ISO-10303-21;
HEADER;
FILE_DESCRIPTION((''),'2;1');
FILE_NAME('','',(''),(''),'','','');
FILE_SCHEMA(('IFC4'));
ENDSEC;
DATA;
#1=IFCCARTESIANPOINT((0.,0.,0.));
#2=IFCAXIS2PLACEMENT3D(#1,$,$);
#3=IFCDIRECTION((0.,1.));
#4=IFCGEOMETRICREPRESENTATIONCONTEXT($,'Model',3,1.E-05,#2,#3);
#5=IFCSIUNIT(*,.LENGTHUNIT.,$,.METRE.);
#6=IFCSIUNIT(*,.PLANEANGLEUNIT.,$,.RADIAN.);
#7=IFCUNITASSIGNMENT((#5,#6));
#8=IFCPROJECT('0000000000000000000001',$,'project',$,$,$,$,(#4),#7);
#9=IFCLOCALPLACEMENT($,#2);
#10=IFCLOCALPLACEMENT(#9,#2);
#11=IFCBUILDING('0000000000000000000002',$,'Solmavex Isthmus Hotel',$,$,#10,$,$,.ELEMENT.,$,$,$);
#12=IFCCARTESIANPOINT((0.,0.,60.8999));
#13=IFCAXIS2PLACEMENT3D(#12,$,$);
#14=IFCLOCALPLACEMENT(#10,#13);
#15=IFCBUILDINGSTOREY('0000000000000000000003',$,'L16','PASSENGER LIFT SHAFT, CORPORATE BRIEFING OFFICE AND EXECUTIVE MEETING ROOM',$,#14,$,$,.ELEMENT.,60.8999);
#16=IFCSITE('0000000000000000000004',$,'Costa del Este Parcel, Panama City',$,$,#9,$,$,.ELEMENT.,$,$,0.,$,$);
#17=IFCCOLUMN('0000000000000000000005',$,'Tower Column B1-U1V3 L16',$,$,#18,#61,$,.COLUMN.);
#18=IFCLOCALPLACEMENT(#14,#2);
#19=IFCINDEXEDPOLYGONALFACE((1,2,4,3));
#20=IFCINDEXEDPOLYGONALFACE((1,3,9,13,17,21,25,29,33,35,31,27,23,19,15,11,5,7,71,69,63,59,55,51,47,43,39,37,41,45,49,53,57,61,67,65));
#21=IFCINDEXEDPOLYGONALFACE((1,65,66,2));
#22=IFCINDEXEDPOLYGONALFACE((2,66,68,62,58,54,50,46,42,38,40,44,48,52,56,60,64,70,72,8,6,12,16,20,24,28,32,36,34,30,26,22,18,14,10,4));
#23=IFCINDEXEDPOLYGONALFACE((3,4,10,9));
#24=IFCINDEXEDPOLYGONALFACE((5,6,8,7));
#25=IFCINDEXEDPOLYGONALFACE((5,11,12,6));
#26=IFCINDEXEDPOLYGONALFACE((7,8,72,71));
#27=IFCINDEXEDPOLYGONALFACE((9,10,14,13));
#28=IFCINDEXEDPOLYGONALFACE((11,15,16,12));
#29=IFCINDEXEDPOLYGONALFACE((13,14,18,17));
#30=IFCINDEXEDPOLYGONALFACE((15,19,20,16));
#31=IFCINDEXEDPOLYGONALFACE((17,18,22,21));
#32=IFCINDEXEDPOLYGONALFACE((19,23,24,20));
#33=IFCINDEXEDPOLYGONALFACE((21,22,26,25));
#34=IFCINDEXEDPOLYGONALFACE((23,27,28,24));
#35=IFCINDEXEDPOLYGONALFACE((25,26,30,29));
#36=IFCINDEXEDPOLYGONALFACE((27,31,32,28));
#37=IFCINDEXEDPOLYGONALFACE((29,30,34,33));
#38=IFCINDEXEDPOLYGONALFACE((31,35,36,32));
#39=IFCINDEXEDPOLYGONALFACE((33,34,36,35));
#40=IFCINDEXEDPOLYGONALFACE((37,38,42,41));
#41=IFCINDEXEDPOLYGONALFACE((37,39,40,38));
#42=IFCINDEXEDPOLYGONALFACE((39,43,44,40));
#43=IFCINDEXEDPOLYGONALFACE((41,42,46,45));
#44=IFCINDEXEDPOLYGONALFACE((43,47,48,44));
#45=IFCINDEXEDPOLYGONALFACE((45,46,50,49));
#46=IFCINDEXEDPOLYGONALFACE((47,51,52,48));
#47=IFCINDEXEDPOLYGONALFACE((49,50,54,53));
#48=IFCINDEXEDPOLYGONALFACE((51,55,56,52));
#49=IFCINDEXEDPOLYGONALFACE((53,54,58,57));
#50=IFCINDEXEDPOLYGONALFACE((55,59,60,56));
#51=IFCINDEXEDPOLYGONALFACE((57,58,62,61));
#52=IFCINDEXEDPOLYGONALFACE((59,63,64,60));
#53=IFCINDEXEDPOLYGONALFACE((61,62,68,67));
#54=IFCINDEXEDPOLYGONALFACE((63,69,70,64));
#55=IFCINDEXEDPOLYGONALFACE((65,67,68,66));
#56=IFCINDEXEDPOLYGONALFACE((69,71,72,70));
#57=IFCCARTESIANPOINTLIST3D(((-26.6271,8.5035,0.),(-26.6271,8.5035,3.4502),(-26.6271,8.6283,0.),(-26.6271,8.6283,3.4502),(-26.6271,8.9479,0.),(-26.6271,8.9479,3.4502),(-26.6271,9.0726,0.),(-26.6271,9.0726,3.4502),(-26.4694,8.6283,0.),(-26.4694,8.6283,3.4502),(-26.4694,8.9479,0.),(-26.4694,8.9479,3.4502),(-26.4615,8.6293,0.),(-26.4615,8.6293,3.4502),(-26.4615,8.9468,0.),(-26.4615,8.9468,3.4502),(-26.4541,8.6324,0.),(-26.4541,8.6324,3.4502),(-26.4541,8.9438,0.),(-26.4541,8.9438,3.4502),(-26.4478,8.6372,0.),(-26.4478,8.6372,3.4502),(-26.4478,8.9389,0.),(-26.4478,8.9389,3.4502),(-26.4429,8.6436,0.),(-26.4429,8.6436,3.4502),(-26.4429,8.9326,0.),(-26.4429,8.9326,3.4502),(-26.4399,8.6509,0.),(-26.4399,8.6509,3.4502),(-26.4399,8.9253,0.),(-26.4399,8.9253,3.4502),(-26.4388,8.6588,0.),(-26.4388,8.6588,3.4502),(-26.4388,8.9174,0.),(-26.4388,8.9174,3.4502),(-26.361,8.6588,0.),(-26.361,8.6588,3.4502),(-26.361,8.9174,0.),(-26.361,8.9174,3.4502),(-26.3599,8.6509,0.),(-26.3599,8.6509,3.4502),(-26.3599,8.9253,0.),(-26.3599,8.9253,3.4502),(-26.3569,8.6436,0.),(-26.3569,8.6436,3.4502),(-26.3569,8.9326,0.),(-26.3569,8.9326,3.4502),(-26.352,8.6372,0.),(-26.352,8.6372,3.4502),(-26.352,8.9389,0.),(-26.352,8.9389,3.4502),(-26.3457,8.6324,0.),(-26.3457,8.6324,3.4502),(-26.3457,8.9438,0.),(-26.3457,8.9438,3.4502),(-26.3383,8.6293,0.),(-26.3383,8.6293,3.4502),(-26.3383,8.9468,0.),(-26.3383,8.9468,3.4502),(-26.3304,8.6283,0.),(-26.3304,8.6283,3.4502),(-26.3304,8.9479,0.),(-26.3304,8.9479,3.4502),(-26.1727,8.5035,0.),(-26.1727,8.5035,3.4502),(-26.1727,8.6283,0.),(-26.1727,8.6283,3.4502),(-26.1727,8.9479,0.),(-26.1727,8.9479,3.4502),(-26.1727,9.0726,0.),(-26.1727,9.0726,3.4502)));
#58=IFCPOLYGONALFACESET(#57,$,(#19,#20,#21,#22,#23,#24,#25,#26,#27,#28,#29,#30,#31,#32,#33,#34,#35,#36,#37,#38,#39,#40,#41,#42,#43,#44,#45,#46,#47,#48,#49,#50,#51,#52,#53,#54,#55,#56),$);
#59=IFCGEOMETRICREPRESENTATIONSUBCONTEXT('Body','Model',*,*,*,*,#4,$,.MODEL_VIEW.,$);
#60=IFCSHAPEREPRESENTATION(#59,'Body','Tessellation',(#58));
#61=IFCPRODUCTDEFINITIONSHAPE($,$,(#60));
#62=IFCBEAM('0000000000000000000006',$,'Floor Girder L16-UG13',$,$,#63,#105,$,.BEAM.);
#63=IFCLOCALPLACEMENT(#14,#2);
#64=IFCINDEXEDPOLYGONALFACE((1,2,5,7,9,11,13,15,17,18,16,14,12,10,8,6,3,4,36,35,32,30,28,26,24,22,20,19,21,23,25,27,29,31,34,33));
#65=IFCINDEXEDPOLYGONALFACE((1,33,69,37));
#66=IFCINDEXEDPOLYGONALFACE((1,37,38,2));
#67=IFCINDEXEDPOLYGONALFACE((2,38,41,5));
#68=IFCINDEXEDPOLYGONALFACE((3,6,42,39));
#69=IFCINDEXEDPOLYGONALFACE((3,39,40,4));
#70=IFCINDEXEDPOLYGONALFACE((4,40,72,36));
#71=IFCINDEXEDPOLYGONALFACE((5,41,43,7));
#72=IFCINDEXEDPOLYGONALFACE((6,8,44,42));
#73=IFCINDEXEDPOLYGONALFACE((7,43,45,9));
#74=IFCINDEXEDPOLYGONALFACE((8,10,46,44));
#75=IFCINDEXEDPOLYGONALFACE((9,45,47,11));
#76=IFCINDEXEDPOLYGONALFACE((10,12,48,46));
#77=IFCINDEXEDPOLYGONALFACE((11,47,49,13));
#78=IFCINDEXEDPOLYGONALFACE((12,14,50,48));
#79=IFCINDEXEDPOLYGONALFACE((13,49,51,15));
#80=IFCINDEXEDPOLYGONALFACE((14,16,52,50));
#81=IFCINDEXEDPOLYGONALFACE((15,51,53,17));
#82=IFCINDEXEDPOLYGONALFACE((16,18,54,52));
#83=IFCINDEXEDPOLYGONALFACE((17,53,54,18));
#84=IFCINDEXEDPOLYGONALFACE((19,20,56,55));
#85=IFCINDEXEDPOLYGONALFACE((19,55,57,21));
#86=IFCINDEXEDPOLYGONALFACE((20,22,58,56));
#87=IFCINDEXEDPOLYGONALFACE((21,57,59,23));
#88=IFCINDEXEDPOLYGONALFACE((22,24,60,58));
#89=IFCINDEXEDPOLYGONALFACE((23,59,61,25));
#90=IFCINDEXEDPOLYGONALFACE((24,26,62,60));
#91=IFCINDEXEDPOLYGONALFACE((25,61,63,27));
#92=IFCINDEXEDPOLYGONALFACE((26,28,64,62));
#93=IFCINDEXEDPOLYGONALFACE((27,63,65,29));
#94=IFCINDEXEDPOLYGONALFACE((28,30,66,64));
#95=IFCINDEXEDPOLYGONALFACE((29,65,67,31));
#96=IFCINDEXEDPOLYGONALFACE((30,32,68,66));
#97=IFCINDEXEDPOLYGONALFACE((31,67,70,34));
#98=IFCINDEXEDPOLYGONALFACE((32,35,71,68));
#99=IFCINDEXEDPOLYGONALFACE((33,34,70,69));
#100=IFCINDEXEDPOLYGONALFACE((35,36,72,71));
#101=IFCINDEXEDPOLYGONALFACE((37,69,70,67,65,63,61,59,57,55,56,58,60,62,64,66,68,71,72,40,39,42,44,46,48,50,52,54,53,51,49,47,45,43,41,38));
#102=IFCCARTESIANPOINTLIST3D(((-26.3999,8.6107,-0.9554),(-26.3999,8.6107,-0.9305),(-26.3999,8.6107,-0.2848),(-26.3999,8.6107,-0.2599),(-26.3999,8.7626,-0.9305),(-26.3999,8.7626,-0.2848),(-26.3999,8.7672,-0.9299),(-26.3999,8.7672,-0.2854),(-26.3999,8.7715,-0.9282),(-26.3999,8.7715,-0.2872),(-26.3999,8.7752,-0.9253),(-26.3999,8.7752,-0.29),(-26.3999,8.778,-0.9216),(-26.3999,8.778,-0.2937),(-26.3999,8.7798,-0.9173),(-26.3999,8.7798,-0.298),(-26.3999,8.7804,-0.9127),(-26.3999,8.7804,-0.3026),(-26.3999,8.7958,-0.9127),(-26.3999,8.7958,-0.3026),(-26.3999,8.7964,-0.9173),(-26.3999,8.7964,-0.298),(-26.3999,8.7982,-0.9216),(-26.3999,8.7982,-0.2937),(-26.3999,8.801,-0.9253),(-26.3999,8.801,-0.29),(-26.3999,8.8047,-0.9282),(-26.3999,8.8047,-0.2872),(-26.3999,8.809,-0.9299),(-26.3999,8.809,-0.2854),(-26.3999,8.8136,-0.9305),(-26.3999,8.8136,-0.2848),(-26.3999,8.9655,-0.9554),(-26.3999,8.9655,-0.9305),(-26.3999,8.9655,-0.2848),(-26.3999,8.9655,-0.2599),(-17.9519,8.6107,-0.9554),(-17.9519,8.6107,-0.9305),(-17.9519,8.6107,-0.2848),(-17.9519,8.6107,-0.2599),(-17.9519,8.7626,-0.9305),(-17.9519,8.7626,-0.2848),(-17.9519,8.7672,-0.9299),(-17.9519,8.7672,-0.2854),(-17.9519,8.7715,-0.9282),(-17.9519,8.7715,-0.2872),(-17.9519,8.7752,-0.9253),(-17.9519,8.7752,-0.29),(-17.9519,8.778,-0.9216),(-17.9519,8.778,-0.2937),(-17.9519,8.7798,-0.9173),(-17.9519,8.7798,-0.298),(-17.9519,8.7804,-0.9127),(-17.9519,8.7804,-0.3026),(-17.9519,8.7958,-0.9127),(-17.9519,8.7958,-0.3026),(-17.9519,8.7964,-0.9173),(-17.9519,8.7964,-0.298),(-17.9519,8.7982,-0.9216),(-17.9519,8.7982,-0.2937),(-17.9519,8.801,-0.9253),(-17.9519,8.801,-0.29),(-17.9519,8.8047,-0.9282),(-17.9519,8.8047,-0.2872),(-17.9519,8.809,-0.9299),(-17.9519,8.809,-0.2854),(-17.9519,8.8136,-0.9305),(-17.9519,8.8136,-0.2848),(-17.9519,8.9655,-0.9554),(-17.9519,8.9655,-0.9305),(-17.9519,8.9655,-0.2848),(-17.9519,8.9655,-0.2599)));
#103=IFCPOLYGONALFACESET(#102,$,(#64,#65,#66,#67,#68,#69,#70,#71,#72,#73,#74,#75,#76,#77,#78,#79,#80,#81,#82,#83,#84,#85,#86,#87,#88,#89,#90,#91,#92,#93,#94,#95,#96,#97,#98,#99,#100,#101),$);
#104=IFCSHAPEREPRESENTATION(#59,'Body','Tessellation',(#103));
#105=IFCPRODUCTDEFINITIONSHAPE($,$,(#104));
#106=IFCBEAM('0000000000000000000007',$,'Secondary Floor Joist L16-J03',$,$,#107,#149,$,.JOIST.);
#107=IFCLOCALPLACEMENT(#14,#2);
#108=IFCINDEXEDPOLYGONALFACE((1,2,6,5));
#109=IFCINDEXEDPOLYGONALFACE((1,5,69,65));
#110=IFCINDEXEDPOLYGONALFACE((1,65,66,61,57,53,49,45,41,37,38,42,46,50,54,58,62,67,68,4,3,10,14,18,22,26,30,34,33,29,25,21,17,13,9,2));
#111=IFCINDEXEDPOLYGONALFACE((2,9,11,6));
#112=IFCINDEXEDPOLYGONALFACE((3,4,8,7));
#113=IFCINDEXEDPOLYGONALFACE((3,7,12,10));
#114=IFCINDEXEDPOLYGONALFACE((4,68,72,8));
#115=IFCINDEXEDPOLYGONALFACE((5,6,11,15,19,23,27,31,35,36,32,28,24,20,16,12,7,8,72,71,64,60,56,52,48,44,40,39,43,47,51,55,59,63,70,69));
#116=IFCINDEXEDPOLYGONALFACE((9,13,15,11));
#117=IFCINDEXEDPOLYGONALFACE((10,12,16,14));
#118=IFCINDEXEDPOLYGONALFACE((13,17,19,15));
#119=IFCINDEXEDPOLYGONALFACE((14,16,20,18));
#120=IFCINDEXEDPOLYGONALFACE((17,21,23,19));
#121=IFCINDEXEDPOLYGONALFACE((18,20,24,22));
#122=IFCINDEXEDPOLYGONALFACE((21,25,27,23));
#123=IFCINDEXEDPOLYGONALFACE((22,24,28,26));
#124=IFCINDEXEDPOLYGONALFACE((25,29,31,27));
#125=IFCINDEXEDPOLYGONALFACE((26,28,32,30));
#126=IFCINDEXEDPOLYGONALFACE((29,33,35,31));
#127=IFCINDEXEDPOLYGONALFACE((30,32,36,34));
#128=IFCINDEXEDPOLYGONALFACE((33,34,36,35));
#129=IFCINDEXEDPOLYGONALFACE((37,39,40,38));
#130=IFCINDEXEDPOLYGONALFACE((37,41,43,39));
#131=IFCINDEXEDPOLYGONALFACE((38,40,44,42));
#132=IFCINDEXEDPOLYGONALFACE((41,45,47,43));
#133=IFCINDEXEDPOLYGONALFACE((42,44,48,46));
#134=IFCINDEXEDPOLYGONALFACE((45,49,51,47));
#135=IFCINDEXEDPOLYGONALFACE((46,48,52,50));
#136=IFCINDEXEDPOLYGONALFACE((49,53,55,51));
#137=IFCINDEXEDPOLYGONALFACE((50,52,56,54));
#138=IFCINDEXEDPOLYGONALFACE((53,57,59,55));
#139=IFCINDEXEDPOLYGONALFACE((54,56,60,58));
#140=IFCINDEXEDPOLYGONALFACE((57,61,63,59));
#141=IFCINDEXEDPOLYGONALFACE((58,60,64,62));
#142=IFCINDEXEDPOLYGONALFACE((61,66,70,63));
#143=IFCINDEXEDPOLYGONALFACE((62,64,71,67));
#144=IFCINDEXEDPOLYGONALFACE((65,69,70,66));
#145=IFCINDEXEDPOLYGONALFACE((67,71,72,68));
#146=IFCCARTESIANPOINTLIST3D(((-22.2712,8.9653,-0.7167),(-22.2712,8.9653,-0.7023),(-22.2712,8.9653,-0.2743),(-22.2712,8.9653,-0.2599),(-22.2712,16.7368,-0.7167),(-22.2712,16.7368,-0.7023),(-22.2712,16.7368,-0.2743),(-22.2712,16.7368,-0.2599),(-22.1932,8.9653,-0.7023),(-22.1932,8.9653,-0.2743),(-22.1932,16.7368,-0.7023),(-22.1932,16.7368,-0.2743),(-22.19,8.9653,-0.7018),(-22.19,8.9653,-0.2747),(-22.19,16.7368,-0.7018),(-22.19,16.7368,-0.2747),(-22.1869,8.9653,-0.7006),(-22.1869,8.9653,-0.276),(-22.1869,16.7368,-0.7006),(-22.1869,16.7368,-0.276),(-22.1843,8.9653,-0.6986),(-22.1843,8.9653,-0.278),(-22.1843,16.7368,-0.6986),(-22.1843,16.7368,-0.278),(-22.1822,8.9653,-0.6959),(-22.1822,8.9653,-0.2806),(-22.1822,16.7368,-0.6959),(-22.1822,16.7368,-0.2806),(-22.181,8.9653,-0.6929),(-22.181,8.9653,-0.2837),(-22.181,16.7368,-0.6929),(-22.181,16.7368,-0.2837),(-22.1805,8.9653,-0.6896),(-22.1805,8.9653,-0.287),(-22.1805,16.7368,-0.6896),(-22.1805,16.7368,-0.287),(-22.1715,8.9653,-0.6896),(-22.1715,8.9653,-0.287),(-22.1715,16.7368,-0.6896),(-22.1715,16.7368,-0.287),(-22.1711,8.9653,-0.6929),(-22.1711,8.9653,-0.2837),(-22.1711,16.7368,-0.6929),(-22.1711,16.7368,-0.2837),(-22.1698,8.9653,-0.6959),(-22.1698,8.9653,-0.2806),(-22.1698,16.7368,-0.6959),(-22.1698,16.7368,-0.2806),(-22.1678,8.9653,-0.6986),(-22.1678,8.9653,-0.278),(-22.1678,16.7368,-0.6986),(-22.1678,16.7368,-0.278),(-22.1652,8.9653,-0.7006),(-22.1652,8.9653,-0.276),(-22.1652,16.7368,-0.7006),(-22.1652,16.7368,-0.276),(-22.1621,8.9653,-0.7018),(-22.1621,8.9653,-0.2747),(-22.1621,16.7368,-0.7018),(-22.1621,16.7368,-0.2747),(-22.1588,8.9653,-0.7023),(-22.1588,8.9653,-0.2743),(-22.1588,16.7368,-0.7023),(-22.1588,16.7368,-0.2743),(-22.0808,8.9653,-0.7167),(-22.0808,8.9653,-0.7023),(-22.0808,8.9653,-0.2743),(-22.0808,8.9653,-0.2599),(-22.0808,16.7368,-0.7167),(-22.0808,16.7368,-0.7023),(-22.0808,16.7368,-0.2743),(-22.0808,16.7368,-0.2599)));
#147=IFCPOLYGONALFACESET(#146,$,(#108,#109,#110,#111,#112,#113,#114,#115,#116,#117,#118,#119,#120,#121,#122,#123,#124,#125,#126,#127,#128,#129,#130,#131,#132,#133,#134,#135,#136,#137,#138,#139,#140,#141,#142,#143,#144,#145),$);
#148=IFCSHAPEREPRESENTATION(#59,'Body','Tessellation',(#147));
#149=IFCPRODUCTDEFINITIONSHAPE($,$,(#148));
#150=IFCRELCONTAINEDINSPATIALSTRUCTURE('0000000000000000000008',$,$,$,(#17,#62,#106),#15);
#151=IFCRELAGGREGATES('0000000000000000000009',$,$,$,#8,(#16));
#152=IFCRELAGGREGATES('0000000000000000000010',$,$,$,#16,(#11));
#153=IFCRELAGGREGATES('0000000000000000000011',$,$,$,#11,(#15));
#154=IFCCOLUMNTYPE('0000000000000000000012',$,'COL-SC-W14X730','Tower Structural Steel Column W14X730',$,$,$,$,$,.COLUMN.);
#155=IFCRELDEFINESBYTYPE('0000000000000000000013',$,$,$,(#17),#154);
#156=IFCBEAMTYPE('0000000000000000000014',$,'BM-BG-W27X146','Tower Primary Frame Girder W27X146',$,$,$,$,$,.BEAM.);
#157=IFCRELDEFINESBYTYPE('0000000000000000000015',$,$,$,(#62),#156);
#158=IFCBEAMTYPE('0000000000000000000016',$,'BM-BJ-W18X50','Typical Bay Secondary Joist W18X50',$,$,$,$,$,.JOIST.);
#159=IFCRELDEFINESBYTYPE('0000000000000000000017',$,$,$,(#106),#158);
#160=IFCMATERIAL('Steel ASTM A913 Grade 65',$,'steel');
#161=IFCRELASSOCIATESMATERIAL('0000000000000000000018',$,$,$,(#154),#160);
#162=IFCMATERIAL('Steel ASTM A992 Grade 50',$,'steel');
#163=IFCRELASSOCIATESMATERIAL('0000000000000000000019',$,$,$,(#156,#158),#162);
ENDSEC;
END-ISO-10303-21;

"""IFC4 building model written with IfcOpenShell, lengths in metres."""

from ifc_helpers import new_model, si_unit, direction, frame, origin, origin_2d, place, context, subcontext, project, spatial, i_section, extrude, material, material_profile, profile_set, type_object, element, save


model = new_model("IFC4")

# Units and contexts
model_context = context("Model", 3, precision=1e-05, world=origin(), true_north=direction((0.0, 1.0)))
body_context = subcontext(model_context, "Body", "Model", "MODEL_VIEW")
ifc_project = project(units=[si_unit("LENGTHUNIT", "METRE"), si_unit("PLANEANGLEUNIT", "RADIAN")], contexts=[model_context])

# Site, building, storey
site_placement = place(None, origin())
site = spatial("IfcSite", under=ifc_project, at=site_placement, Name="Costa del Este Parcel, Panama City", CompositionType="ELEMENT", RefElevation=0.0)
building_placement = place(site_placement, origin())
building = spatial("IfcBuilding", under=site, at=building_placement, Name="Solmavex Isthmus Hotel", CompositionType="ELEMENT")
storey_placement = place(building_placement, frame((0.0, 0.0, 60.8999)))
storey = spatial("IfcBuildingStorey", under=building, at=storey_placement, Name="L16", Description="PASSENGER LIFT SHAFT, CORPORATE BRIEFING OFFICE AND EXECUTIVE MEETING ROOM", CompositionType="ELEMENT", Elevation=60.8999)

# Column
ifc_material_1 = material(Name="Steel ASTM A913 Grade 65", Category="steel")
ifc_material_profile_1 = material_profile(ifc_material_1, i_section(OverallWidth=0.4543, OverallDepth=0.5691, WebThickness=0.0779, FlangeThickness=0.1248, FilletRadius=0.0305, at=origin_2d()), Name="W14X730")
ifc_profile_set_1 = profile_set([ifc_material_profile_1], Name="Steel ASTM A913 Grade 65")
column_type = type_object("IfcColumnType", Name="COL-SC-W14X730", Description="Tower Structural Steel Column W14X730", PredefinedType="COLUMN", material=ifc_profile_set_1)
column_placement = place(storey_placement, frame((-26.3999, 8.7881, 0.0), z_axis=(0.0, 0.0, 1.0), x_axis=(1.0, 0.0, 0.0)))
element("IfcColumn", 1, at=column_placement, inside=storey, type_object=column_type, Name="Tower Column B1-U1V3 L16", PredefinedType="COLUMN", context=body_context, shape_type="SweptSolid", body=[
    extrude(i_section(OverallWidth=0.4543, OverallDepth=0.5691, WebThickness=0.0779, FlangeThickness=0.1248, FilletRadius=0.0305, at=origin_2d()), origin(), (0.0, 0.0, 1.0), 3.4502),
])

# Beams
ifc_material_2 = material(Name="Steel ASTM A992 Grade 50", Category="steel")
ifc_material_profile_2 = material_profile(ifc_material_2, i_section(OverallWidth=0.3547, OverallDepth=0.6956, WebThickness=0.0154, FlangeThickness=0.0249, FilletRadius=0.0178, at=origin_2d()), Name="W27X146")
ifc_profile_set_2 = profile_set([ifc_material_profile_2], Name="Steel ASTM A992 Grade 50")
beam_type_1 = type_object("IfcBeamType", Name="BM-BG-W27X146", Description="Tower Primary Frame Girder W27X146", PredefinedType="BEAM", material=ifc_profile_set_2)
beam_1_placement = place(storey_placement, frame((-26.3999, 8.7881, -0.6077), z_axis=(1.0, 0.0, 0.0), x_axis=(0.0, 1.0, 0.0)))
element("IfcBeam", 2, at=beam_1_placement, inside=storey, type_object=beam_type_1, Name="Floor Girder L16-UG13", PredefinedType="BEAM", context=body_context, shape_type="SweptSolid", body=[
    extrude(i_section(OverallWidth=0.3547, OverallDepth=0.6956, WebThickness=0.0154, FlangeThickness=0.0249, FilletRadius=0.0178, at=origin_2d()), origin(), (0.0, 0.0, 1.0), 8.448),
])
ifc_material_profile_3 = material_profile(ifc_material_2, i_section(OverallWidth=0.1904, OverallDepth=0.4568, WebThickness=0.009, FlangeThickness=0.0144, FilletRadius=0.0127, at=origin_2d()), Name="W18X50")
ifc_profile_set_3 = profile_set([ifc_material_profile_3], Name="Steel ASTM A992 Grade 50")
beam_type_2 = type_object("IfcBeamType", Name="BM-BJ-W18X50", Description="Typical Bay Secondary Joist W18X50", PredefinedType="JOIST", material=ifc_profile_set_3)
beam_2_placement = place(storey_placement, frame((-22.176, 8.9653, -0.4883), z_axis=(0.0, 1.0, 0.0), x_axis=(-1.0, 0.0, 0.0)))
element("IfcBeam", 3, at=beam_2_placement, inside=storey, type_object=beam_type_2, Name="Secondary Floor Joist L16-J03", PredefinedType="JOIST", context=body_context, shape_type="SweptSolid", body=[
    extrude(i_section(OverallWidth=0.1904, OverallDepth=0.4568, WebThickness=0.009, FlangeThickness=0.0144, FilletRadius=0.0127, at=origin_2d()), origin(), (0.0, 0.0, 1.0), 7.7715),
])

save(model, "model.ifc")
